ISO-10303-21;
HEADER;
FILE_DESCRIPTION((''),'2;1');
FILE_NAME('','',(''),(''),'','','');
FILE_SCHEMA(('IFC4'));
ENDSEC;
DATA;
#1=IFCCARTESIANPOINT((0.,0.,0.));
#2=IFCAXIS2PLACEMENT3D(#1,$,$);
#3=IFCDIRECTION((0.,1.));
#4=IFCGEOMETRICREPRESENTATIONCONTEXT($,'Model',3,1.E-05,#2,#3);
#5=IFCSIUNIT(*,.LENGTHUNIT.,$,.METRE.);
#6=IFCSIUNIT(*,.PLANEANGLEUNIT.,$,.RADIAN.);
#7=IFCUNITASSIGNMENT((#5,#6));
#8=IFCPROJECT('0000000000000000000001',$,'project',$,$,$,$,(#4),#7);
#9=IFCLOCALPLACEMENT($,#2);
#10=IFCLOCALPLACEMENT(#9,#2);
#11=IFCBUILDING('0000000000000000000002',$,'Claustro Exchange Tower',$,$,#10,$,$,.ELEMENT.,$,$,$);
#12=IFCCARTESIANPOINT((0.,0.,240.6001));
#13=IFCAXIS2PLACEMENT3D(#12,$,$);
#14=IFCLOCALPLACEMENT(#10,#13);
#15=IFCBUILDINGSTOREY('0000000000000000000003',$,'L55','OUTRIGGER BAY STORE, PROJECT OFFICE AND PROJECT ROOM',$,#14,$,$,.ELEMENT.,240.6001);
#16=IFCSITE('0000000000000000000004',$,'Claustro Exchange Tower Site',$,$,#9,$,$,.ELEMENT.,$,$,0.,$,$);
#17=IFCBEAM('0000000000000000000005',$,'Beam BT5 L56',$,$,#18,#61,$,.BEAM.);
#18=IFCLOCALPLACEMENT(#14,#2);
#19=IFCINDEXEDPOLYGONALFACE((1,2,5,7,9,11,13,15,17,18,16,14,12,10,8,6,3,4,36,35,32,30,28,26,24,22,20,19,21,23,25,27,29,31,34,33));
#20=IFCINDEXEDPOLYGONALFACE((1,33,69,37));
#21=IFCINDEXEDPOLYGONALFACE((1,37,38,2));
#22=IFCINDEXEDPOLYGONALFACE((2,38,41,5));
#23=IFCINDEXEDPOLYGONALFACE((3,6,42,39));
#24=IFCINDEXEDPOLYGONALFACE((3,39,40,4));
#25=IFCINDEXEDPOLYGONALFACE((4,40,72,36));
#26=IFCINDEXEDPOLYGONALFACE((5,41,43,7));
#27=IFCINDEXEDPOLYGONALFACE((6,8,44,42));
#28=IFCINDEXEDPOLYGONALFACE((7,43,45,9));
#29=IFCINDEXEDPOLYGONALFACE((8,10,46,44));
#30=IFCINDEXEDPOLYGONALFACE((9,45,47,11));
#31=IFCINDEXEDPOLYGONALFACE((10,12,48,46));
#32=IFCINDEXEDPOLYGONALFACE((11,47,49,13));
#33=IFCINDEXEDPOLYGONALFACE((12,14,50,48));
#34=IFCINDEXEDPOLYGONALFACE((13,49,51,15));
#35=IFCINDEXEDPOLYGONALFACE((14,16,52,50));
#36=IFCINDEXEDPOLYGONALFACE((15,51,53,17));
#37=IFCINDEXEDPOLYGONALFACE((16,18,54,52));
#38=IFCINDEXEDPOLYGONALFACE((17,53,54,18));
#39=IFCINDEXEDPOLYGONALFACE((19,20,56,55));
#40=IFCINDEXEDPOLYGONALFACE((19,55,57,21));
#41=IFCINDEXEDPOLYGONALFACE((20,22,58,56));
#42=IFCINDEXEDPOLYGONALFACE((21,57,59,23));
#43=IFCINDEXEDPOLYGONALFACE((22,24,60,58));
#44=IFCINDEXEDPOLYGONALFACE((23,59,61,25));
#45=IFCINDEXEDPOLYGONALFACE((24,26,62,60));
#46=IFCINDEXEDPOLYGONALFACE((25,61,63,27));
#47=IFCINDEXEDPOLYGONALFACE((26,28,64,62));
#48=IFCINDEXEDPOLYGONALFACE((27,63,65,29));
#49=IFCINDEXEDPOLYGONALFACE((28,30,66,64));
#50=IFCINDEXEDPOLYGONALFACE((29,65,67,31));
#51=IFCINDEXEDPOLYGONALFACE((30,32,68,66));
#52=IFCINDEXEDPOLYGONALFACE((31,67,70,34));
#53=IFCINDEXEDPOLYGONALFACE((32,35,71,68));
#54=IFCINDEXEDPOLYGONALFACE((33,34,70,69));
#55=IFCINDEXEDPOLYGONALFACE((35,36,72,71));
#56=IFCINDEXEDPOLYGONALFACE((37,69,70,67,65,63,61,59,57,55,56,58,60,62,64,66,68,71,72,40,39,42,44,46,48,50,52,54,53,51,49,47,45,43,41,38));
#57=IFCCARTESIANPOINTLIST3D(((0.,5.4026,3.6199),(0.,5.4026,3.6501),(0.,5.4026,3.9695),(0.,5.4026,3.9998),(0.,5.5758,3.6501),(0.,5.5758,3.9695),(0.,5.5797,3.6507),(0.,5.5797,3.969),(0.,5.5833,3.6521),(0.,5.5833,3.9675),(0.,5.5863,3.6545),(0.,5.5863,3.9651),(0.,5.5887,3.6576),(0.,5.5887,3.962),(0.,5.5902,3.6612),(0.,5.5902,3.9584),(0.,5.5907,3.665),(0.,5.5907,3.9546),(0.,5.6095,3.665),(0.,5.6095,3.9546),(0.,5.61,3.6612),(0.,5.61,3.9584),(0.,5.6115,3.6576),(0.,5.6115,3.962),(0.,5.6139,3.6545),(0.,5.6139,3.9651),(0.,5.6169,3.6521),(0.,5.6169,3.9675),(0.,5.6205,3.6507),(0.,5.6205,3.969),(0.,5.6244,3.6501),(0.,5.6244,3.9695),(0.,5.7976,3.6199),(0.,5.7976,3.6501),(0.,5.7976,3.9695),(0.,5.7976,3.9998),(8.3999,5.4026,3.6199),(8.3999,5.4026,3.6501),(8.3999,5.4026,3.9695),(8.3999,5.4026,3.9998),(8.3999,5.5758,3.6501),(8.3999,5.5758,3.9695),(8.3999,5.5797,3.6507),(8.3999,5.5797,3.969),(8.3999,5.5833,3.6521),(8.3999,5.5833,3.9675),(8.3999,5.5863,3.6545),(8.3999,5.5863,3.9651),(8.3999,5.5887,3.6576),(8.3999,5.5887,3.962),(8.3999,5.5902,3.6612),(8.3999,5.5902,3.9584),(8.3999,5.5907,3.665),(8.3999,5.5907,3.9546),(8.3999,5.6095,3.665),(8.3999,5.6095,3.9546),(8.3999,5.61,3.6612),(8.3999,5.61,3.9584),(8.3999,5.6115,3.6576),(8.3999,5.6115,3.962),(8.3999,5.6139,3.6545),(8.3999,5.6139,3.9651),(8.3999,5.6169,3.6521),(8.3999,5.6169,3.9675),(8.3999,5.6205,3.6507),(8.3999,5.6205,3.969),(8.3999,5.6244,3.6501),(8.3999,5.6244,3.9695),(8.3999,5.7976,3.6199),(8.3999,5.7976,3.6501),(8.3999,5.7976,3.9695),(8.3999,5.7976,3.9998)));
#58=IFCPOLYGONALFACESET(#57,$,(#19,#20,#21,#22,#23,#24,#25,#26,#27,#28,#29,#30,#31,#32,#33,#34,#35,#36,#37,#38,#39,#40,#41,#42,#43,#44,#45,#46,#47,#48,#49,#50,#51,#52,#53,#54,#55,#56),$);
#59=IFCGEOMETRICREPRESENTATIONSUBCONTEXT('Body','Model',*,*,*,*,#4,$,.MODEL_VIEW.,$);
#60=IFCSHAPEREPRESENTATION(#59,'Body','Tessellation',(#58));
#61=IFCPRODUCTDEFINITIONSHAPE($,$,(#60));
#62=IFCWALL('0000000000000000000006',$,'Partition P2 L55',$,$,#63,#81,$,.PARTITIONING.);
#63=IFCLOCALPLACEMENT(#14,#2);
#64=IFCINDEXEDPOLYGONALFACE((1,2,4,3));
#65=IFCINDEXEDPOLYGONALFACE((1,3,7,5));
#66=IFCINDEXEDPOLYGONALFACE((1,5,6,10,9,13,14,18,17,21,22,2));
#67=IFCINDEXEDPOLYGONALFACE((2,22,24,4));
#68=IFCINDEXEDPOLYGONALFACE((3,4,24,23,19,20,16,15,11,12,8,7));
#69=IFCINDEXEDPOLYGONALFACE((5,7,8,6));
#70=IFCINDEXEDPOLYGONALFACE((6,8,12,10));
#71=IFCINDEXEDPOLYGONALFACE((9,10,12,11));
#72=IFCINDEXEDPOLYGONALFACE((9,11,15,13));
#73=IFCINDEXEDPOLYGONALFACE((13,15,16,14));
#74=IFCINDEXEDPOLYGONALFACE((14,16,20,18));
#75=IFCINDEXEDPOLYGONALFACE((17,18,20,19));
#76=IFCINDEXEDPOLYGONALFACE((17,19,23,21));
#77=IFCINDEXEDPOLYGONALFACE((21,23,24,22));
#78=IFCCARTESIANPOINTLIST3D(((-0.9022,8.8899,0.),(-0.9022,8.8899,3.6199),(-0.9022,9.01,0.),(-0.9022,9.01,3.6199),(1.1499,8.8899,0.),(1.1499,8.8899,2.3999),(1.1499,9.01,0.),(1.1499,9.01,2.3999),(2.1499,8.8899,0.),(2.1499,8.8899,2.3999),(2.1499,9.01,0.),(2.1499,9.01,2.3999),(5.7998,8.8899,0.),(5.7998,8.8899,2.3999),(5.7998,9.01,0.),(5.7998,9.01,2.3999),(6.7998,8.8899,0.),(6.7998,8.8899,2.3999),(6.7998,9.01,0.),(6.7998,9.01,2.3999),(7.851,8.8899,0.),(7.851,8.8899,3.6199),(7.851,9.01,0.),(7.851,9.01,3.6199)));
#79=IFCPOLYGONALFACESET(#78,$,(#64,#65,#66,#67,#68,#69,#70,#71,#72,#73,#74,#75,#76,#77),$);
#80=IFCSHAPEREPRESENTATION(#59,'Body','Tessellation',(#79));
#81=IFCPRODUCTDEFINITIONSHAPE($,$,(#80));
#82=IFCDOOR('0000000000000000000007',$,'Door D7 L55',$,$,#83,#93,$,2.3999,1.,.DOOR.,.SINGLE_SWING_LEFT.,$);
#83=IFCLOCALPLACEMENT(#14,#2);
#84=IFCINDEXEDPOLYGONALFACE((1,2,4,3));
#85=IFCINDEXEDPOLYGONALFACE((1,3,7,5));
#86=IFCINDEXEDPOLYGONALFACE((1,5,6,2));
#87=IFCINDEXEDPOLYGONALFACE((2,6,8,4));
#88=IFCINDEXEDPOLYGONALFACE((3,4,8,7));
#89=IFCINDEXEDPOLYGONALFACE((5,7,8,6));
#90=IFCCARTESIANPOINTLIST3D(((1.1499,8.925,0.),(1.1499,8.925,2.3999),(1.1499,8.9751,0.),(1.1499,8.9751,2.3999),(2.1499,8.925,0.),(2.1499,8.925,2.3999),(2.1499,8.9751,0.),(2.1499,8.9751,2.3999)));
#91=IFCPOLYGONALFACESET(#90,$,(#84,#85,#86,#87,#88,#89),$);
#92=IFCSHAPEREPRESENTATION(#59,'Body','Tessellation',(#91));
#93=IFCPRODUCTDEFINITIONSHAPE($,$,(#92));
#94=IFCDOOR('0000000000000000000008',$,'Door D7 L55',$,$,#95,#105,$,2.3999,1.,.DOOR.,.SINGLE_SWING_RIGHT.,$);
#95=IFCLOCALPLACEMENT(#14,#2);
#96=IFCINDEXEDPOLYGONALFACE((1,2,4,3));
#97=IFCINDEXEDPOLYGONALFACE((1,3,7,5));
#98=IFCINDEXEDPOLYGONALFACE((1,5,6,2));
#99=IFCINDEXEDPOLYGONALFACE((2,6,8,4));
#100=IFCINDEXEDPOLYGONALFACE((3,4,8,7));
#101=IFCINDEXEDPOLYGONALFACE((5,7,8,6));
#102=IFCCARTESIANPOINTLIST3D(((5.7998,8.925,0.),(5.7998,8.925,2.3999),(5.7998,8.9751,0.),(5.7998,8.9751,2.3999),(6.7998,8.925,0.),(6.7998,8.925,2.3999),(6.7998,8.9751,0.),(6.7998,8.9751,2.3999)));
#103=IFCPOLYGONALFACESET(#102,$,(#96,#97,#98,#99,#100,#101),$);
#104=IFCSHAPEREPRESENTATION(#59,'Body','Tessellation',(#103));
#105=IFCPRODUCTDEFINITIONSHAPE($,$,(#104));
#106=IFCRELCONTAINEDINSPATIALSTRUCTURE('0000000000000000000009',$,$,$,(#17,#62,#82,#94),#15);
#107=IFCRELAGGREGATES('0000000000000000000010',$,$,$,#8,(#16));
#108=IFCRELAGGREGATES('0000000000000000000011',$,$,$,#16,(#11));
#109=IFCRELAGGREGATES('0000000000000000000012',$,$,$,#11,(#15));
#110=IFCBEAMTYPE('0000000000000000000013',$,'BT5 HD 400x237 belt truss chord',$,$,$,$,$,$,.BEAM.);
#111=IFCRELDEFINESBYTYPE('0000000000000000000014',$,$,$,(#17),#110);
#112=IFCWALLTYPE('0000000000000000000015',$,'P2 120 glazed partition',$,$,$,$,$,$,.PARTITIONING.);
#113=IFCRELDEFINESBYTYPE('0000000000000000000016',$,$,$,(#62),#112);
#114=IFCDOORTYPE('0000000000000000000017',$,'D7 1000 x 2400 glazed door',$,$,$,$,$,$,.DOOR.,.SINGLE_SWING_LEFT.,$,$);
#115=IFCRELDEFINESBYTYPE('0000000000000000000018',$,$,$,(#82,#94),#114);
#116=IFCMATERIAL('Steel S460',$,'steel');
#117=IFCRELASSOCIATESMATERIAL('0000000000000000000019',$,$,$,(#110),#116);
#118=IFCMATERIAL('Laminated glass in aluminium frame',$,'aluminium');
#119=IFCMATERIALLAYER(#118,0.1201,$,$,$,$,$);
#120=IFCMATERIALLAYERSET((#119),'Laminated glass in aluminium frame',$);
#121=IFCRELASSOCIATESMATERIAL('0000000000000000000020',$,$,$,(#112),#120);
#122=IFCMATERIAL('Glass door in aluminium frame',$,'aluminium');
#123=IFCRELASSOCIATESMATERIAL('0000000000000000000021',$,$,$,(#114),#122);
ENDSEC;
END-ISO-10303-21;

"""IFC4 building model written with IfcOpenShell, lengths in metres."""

from ifc_helpers import new_model, si_unit, direction, frame, frame_2d, origin, origin_2d, place, context, subcontext, project, spatial, rectangle, i_section, extrude, material, layer, layer_set, material_profile, profile_set, type_object, element, fill, save


model = new_model("IFC4")

# Units and contexts
model_context = context("Model", 3, precision=1e-05, world=origin(), true_north=direction((0.0, 1.0)))
body_context = subcontext(model_context, "Body", "Model", "MODEL_VIEW")
ifc_project = project(units=[si_unit("LENGTHUNIT", "METRE"), si_unit("PLANEANGLEUNIT", "RADIAN")], contexts=[model_context])

# Site, building, storey
site_placement = place(None, origin())
site = spatial("IfcSite", under=ifc_project, at=site_placement, Name="Claustro Exchange Tower Site", CompositionType="ELEMENT", RefElevation=0.0)
building_placement = place(site_placement, origin())
building = spatial("IfcBuilding", under=site, at=building_placement, Name="Claustro Exchange Tower", CompositionType="ELEMENT")
storey_placement = place(building_placement, frame((0.0, 0.0, 240.6001)))
storey = spatial("IfcBuildingStorey", under=building, at=storey_placement, Name="L55", Description="OUTRIGGER BAY STORE, PROJECT OFFICE AND PROJECT ROOM", CompositionType="ELEMENT", Elevation=240.6001)

# Beam
ifc_material_1 = material(Name="Steel S460", Category="steel")
ifc_material_profile_1 = material_profile(ifc_material_1, i_section(OverallWidth=0.395, OverallDepth=0.3799, WebThickness=0.0188, FlangeThickness=0.0303, FilletRadius=0.0149, at=origin_2d()), Name="HD 400x237")
ifc_profile_set_1 = profile_set([ifc_material_profile_1], Name="Steel S460")
beam_type_1 = type_object("IfcBeamType", Name="BT5 HD 400x237 belt truss chord", PredefinedType="BEAM", material=ifc_profile_set_1)
beam_1_placement = place(storey_placement, frame((0.0, 5.6001, 3.8098), z_axis=(1.0, 0.0, 0.0), x_axis=(0.0, 1.0, 0.0)))
element("IfcBeam", 1, at=beam_1_placement, inside=storey, type_object=beam_type_1, Name="Beam BT5 L56", PredefinedType="BEAM", context=body_context, shape_type="SweptSolid", body=[
    extrude(i_section(OverallWidth=0.395, OverallDepth=0.3799, WebThickness=0.0188, FlangeThickness=0.0303, FilletRadius=0.0149, at=origin_2d()), origin(), (0.0, 0.0, 1.0), 8.3999),
])

# Wall, openings, doors
ifc_material_2 = material(Name="Laminated glass in aluminium frame", Category="aluminium")
ifc_layer_1 = layer(ifc_material_2, 0.1201)
ifc_layer_set_1 = layer_set([ifc_layer_1], Name="Laminated glass in aluminium frame")
wall_type_1 = type_object("IfcWallType", Name="P2 120 glazed partition", PredefinedType="PARTITIONING", material=ifc_layer_set_1)
wall_1_placement = place(storey_placement, frame((-0.9021, 8.95, 0.0), z_axis=(0.0, 0.0, 1.0), x_axis=(1.0, 0.0, 0.0)))
wall_1 = element("IfcWall", 2, at=wall_1_placement, inside=storey, type_object=wall_type_1, Name="Partition P2 L55", PredefinedType="PARTITIONING", context=body_context, shape_type="SweptSolid", body=[
    extrude(rectangle(XDim=8.7532, YDim=0.1201, at=frame_2d((4.3765, 0.0))), origin(), (0.0, 0.0, 1.0), 3.6199),
])
opening_1_placement = place(wall_1_placement, frame((2.052, 0.0, 0.0)))
opening_1 = element("IfcOpeningElement", 3, at=opening_1_placement, cuts=wall_1, PredefinedType="OPENING", context=body_context, shape_type="SweptSolid", body=[
    extrude(rectangle(XDim=1.0, YDim=2.3999, at=frame_2d((0.5, 1.2))), frame((0.0, 0.0701, 0.0), z_axis=(0.0, -1.0, 0.0), x_axis=(1.0, 0.0, 0.0)), (0.0, 0.0, 1.0), 0.1401),
])
opening_2_placement = place(wall_1_placement, frame((6.7019, 0.0, 0.0)))
opening_2 = element("IfcOpeningElement", 4, at=opening_2_placement, cuts=wall_1, PredefinedType="OPENING", context=body_context, shape_type="SweptSolid", body=[
    extrude(rectangle(XDim=1.0, YDim=2.3999, at=frame_2d((0.5, 1.2))), frame((0.0, 0.0701, 0.0), z_axis=(0.0, -1.0, 0.0), x_axis=(1.0, 0.0, 0.0)), (0.0, 0.0, 1.0), 0.1401),
])
ifc_material_3 = material(Name="Glass door in aluminium frame", Category="aluminium")
door_type_1 = type_object("IfcDoorType", Name="D7 1000 x 2400 glazed door", OperationType="SINGLE_SWING_LEFT", PredefinedType="DOOR", material=ifc_material_3)
door_1_placement = place(opening_1_placement, frame((1.0, 0.0, 0.0), z_axis=(0.0, 0.0, 1.0), x_axis=(-1.0, 0.0, 0.0)))
door_1 = element("IfcDoor", 5, at=door_1_placement, inside=storey, type_object=door_type_1, Name="Door D7 L55", OperationType="SINGLE_SWING_LEFT", OverallHeight=2.3999, OverallWidth=1.0, PredefinedType="DOOR", context=body_context, shape_type="SweptSolid", body=[
    extrude(rectangle(XDim=1.0, YDim=2.3999, at=frame_2d((0.5, 1.2))), frame((0.0, 0.0249, 0.0), z_axis=(0.0, -1.0, 0.0), x_axis=(1.0, 0.0, 0.0)), (0.0, 0.0, 1.0), 0.05),
])
fill(opening_1, door_1)
door_2_placement = place(opening_2_placement, frame((1.0, 0.0, 0.0), z_axis=(0.0, 0.0, 1.0), x_axis=(-1.0, 0.0, 0.0)))
door_2 = element("IfcDoor", 6, at=door_2_placement, inside=storey, type_object=door_type_1, Name="Door D7 L55", OperationType="SINGLE_SWING_RIGHT", OverallHeight=2.3999, OverallWidth=1.0, PredefinedType="DOOR", context=body_context, shape_type="SweptSolid", body=[
    extrude(rectangle(XDim=1.0, YDim=2.3999, at=frame_2d((0.5, 1.2))), frame((0.0, 0.0249, 0.0), z_axis=(0.0, -1.0, 0.0), x_axis=(1.0, 0.0, 0.0)), (0.0, 0.0, 1.0), 0.05),
])
fill(opening_2, door_2)

save(model, "model.ifc")
